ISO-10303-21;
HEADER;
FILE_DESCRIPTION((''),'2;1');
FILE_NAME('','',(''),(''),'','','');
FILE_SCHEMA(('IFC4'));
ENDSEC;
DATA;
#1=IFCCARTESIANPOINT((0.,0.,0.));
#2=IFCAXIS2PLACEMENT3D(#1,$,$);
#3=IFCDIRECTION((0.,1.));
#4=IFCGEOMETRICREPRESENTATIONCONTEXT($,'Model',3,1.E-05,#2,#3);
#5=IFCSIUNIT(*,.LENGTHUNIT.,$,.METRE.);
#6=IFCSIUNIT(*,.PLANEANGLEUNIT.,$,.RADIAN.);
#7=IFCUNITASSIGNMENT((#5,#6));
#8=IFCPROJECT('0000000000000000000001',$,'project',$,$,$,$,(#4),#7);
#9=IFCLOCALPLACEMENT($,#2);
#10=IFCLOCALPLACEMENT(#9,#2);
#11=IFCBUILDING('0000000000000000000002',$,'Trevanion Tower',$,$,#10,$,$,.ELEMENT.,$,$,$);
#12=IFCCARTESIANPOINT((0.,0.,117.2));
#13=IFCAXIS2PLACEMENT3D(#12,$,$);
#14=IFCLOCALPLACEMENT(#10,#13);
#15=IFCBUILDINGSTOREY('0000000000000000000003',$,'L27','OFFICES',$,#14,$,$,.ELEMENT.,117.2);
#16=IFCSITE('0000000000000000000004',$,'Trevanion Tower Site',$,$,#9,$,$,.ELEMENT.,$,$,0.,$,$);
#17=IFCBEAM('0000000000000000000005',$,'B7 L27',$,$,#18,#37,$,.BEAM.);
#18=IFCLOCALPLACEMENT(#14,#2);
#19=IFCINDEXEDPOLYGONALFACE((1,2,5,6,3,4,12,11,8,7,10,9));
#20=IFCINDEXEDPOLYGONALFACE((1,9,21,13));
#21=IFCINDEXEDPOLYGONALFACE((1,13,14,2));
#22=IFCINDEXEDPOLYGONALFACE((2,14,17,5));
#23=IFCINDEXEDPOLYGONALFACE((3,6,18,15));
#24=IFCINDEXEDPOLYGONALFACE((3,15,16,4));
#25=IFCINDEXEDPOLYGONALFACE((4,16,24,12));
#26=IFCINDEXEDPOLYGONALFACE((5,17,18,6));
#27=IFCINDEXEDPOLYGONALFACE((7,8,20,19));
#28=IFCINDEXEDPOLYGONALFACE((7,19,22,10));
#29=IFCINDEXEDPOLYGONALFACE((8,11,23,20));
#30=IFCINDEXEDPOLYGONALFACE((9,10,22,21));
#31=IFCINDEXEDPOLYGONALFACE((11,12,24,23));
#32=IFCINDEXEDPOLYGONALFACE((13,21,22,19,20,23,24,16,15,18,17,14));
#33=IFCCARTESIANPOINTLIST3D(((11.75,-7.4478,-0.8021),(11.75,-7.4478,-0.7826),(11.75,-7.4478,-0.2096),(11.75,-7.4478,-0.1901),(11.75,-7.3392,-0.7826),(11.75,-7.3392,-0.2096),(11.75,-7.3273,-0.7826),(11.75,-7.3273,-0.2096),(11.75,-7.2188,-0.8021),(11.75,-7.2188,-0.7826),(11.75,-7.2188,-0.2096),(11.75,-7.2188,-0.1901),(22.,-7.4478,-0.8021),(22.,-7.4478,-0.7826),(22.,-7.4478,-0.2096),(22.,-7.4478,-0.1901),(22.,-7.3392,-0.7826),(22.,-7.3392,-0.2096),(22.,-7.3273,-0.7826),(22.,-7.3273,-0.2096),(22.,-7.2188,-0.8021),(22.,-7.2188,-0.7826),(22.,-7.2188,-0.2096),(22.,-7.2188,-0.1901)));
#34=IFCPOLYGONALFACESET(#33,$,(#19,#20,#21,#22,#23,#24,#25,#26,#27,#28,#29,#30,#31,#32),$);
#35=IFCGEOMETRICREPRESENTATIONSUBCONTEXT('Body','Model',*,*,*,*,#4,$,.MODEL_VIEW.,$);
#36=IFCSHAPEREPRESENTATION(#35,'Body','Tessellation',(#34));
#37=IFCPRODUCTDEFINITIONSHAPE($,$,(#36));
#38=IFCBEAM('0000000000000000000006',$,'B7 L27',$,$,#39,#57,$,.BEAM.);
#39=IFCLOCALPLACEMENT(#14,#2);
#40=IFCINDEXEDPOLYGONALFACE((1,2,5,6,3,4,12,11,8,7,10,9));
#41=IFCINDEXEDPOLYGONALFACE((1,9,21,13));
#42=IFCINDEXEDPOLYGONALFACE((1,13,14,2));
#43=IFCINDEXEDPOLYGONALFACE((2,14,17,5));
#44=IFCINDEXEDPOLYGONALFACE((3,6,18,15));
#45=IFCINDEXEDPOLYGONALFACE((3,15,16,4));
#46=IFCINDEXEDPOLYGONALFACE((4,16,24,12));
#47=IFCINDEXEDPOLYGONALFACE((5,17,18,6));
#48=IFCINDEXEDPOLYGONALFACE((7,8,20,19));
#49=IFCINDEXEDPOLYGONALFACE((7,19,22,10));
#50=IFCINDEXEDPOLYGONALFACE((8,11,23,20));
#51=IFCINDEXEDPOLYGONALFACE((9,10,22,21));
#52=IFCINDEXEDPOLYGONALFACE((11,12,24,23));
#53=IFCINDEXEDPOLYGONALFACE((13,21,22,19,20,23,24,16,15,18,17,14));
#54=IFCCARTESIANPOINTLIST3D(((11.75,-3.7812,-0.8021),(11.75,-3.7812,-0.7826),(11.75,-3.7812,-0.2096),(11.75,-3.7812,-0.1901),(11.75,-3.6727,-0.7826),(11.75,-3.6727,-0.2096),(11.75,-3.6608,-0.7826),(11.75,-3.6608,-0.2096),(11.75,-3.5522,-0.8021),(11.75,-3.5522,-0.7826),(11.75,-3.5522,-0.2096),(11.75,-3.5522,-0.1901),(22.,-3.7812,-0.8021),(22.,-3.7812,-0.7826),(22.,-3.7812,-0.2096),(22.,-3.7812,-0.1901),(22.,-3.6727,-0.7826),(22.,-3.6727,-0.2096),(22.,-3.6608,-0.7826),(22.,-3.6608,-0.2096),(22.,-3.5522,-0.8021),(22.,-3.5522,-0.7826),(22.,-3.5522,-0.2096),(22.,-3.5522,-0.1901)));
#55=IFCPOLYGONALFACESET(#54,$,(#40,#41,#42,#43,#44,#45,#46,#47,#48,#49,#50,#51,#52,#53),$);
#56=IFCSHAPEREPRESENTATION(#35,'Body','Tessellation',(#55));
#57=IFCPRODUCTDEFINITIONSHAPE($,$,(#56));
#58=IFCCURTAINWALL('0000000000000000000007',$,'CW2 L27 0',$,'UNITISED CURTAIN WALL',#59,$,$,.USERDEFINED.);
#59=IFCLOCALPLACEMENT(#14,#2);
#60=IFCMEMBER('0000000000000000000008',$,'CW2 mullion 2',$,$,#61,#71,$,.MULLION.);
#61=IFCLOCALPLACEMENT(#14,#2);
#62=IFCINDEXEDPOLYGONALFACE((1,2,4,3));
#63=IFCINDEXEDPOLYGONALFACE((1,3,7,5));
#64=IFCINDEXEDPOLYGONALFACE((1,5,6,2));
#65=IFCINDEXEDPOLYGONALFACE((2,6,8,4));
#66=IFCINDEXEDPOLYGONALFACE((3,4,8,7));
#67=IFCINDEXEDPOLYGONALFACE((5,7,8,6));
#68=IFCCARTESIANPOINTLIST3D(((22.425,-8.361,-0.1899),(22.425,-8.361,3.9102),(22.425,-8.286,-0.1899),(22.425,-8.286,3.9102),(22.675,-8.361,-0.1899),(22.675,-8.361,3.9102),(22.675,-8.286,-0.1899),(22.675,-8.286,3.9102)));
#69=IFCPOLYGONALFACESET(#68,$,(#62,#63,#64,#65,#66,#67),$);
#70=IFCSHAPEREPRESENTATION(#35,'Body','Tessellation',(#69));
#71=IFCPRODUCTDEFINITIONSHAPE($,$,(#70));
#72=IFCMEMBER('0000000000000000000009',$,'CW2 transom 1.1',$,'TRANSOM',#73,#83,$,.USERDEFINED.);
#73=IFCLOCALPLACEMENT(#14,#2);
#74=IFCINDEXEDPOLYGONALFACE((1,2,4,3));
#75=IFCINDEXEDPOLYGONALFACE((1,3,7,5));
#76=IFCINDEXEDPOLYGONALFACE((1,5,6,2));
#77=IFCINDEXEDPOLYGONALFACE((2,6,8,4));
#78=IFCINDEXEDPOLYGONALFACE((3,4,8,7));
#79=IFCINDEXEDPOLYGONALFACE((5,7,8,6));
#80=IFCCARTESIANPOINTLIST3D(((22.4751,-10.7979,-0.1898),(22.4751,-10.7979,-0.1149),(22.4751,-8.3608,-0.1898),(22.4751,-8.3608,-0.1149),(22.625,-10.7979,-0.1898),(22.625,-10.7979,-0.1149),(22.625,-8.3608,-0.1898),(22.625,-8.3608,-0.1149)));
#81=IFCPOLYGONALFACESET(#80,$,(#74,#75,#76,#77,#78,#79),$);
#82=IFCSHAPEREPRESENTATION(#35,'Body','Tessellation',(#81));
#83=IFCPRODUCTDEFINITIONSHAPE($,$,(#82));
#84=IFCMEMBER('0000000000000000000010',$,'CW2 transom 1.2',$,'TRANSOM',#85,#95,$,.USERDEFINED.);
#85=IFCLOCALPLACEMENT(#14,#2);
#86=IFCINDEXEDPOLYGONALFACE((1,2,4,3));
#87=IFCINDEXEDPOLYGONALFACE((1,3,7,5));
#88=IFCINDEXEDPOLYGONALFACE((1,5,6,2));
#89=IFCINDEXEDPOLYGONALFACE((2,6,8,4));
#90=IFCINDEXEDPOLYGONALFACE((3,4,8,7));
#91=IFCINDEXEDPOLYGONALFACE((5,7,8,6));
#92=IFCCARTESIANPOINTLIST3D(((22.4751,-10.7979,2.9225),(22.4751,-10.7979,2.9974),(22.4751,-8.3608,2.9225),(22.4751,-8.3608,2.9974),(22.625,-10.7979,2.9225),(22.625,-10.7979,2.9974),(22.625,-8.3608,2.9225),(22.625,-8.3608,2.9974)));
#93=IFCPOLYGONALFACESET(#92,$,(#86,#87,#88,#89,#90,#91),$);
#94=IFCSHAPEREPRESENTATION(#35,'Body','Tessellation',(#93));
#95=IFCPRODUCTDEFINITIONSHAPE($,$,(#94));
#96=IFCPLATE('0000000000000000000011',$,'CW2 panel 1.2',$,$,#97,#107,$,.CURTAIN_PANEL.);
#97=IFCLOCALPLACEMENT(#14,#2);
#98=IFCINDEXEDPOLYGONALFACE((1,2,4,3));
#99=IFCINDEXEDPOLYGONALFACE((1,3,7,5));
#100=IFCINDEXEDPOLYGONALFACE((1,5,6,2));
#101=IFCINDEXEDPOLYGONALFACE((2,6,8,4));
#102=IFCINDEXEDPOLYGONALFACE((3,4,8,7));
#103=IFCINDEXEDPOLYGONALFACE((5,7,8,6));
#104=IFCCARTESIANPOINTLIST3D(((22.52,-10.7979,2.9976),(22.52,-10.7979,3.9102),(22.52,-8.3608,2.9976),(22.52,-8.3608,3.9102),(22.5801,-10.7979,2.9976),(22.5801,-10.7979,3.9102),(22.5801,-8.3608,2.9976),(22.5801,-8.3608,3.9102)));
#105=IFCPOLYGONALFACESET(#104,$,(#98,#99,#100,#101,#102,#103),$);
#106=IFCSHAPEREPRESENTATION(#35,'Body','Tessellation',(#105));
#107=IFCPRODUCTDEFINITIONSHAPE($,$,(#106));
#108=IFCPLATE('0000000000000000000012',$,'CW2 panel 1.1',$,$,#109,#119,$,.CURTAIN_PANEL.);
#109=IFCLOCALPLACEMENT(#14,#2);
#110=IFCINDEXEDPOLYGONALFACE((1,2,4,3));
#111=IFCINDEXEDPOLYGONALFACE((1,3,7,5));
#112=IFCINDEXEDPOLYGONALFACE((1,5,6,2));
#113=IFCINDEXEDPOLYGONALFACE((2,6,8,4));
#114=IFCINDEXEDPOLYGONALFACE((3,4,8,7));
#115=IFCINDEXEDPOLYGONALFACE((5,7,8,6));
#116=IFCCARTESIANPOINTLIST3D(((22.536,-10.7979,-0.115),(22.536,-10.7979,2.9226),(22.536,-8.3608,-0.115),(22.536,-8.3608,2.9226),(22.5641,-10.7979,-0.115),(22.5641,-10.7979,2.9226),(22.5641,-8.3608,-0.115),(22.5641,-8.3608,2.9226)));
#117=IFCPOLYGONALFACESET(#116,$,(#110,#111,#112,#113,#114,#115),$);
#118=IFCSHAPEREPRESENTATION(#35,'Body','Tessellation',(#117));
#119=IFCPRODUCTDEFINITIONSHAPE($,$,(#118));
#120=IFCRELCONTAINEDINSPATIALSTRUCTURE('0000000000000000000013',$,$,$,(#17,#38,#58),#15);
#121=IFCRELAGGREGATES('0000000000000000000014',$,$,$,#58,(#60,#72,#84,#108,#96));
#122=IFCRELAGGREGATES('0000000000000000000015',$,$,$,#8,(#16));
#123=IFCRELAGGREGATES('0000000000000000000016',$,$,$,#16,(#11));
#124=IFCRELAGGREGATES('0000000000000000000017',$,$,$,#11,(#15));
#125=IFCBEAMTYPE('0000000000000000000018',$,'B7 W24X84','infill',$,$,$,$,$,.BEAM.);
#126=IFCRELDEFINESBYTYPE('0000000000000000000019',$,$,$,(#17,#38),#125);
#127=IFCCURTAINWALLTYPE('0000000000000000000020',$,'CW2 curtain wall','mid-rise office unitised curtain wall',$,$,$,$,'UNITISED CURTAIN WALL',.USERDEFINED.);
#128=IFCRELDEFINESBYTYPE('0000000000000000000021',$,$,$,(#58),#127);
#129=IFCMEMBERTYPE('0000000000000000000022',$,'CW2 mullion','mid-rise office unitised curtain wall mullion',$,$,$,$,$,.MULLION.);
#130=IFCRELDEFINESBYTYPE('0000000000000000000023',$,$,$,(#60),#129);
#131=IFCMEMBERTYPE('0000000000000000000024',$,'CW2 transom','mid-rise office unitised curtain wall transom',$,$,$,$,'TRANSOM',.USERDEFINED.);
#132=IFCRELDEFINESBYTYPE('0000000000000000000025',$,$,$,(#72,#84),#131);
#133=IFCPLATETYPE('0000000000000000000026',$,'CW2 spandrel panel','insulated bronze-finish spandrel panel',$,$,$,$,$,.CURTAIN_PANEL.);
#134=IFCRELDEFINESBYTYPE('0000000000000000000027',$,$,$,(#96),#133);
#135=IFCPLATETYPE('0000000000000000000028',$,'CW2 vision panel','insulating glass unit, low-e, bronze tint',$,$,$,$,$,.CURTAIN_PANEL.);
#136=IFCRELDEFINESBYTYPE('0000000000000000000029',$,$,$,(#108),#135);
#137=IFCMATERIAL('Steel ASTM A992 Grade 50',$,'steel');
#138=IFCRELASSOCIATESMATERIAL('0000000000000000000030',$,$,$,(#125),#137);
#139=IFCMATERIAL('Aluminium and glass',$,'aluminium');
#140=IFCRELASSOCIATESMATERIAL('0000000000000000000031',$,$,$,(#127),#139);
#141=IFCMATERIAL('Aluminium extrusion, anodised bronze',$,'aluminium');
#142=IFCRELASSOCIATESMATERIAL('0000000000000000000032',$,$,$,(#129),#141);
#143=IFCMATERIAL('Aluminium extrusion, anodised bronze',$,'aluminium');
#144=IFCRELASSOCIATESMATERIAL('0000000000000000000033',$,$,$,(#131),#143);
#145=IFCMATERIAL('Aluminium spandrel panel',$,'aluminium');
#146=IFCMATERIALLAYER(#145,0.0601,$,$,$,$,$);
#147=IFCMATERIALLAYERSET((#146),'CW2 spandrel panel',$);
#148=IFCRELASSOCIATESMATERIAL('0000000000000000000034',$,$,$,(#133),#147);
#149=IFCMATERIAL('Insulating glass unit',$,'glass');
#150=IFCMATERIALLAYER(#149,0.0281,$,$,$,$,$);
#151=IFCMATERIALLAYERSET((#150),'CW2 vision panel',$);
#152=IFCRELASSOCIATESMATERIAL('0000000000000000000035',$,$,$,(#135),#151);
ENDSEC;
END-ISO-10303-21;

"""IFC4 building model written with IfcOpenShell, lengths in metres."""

from ifc_helpers import new_model, si_unit, direction, frame, origin, origin_2d, place, context, subcontext, project, spatial, rectangle, i_section, extrude, material, layer, layer_set, material_profile, profile_set, type_object, element, aggregate, save


model = new_model("IFC4")

# Units and contexts
model_context = context("Model", 3, precision=1e-05, world=origin(), true_north=direction((0.0, 1.0)))
body_context = subcontext(model_context, "Body", "Model", "MODEL_VIEW")
ifc_project = project(units=[si_unit("LENGTHUNIT", "METRE"), si_unit("PLANEANGLEUNIT", "RADIAN")], contexts=[model_context])

# Site, building, storey
site_placement = place(None, origin())
site = spatial("IfcSite", under=ifc_project, at=site_placement, Name="Trevanion Tower Site", CompositionType="ELEMENT", RefElevation=0.0)
building_placement = place(site_placement, origin())
building = spatial("IfcBuilding", under=site, at=building_placement, Name="Trevanion Tower", CompositionType="ELEMENT")
storey_placement = place(building_placement, frame((0.0, 0.0, 117.2)))
storey = spatial("IfcBuildingStorey", under=building, at=storey_placement, Name="L27", Description="OFFICES", CompositionType="ELEMENT", Elevation=117.2)

# Beams
ifc_material_1 = material(Name="Steel ASTM A992 Grade 50", Category="steel")
ifc_material_profile_1 = material_profile(ifc_material_1, i_section(OverallWidth=0.229, OverallDepth=0.6121, WebThickness=0.012, FlangeThickness=0.0195, at=origin_2d()), Name="W24X84")
ifc_profile_set_1 = profile_set([ifc_material_profile_1], Name="Steel ASTM A992 Grade 50")
beam_type = type_object("IfcBeamType", Name="B7 W24X84", Description="infill", PredefinedType="BEAM", material=ifc_profile_set_1)
for number, where, z_axis, x_axis, name in (
    (1, (11.75, -7.3333, -0.4961), (1.0, 0.0, 0.0), (0.0, 1.0, 0.0), "B7 L27"),
    (2, (11.75, -3.6667, -0.4961), (1.0, 0.0, 0.0), (0.0, 1.0, 0.0), "B7 L27"),
):
    element("IfcBeam", number, at=place(storey_placement, frame(where, z_axis=z_axis, x_axis=x_axis)), inside=storey, type_object=beam_type, Name=name, PredefinedType="BEAM", context=body_context, shape_type="SweptSolid", body=[
        extrude(i_section(OverallWidth=0.229, OverallDepth=0.6121, WebThickness=0.012, FlangeThickness=0.0195, at=origin_2d()), origin(), (0.0, 0.0, 1.0), 10.25),
    ])

# Curtain wall, members, plates
ifc_material_2 = material(Name="Aluminium and glass", Category="aluminium")
curtain_wall_type = type_object("IfcCurtainWallType", Name="CW2 curtain wall", Description="mid-rise office unitised curtain wall", ElementType="UNITISED CURTAIN WALL", PredefinedType="USERDEFINED", material=ifc_material_2)
curtain_wall_placement = place(storey_placement, origin())
curtain_wall = element("IfcCurtainWall", 3, at=curtain_wall_placement, inside=storey, type_object=curtain_wall_type, Name="CW2 L27 0", ObjectType="UNITISED CURTAIN WALL", PredefinedType="USERDEFINED")
ifc_material_3 = material(Name="Aluminium extrusion, anodised bronze", Category="aluminium")
ifc_material_profile_2 = material_profile(ifc_material_3, rectangle(XDim=0.075, YDim=0.25, at=origin_2d()), Name="CW2 mullion")
ifc_profile_set_2 = profile_set([ifc_material_profile_2], Name="Aluminium extrusion, anodised bronze")
member_type_1 = type_object("IfcMemberType", Name="CW2 mullion", Description="mid-rise office unitised curtain wall mullion", PredefinedType="MULLION", material=ifc_profile_set_2)
member_1_placement = place(storey_placement, frame((22.55, -8.3235, -0.1899), z_axis=(0.0, 0.0, 1.0), x_axis=(0.0, 1.0, 0.0)))
member_1 = element("IfcMember", 4, at=member_1_placement, type_object=member_type_1, Name="CW2 mullion 2", PredefinedType="MULLION", context=body_context, shape_type="SweptSolid", body=[
    extrude(rectangle(XDim=0.075, YDim=0.25, at=origin_2d()), origin(), (0.0, 0.0, 1.0), 4.1001),
])
ifc_material_4 = material(Name="Aluminium extrusion, anodised bronze", Category="aluminium")
ifc_material_profile_3 = material_profile(ifc_material_4, rectangle(XDim=0.1499, YDim=0.075, at=origin_2d()), Name="CW2 transom")
ifc_profile_set_3 = profile_set([ifc_material_profile_3], Name="Aluminium extrusion, anodised bronze")
member_type_2 = type_object("IfcMemberType", Name="CW2 transom", Description="mid-rise office unitised curtain wall transom", ElementType="TRANSOM", PredefinedType="USERDEFINED", material=ifc_profile_set_3)
member_2_placement = place(storey_placement, frame((22.55, -10.7979, -0.1523), z_axis=(0.0, 1.0, 0.0), x_axis=(-1.0, 0.0, 0.0)))
member_2 = element("IfcMember", 5, at=member_2_placement, type_object=member_type_2, Name="CW2 transom 1.1", ObjectType="TRANSOM", PredefinedType="USERDEFINED", context=body_context, shape_type="SweptSolid", body=[
    extrude(rectangle(XDim=0.1499, YDim=0.075, at=origin_2d()), origin(), (0.0, 0.0, 1.0), 2.437),
])
member_3_placement = place(storey_placement, frame((22.55, -10.7979, 2.96), z_axis=(0.0, 1.0, 0.0), x_axis=(-1.0, 0.0, 0.0)))
member_3 = element("IfcMember", 6, at=member_3_placement, type_object=member_type_2, Name="CW2 transom 1.2", ObjectType="TRANSOM", PredefinedType="USERDEFINED", context=body_context, shape_type="SweptSolid", body=[
    extrude(rectangle(XDim=0.1499, YDim=0.075, at=origin_2d()), origin(), (0.0, 0.0, 1.0), 2.437),
])
ifc_material_5 = material(Name="Aluminium spandrel panel", Category="aluminium")
ifc_layer_1 = layer(ifc_material_5, 0.0601)
ifc_layer_set_1 = layer_set([ifc_layer_1], Name="CW2 spandrel panel")
plate_type_1 = type_object("IfcPlateType", Name="CW2 spandrel panel", Description="insulated bronze-finish spandrel panel", PredefinedType="CURTAIN_PANEL", material=ifc_layer_set_1)
plate_1_placement = place(storey_placement, frame((22.55, -9.5793, 2.9976), z_axis=(0.0, 0.0, 1.0), x_axis=(0.0, 1.0, 0.0)))
plate_1 = element("IfcPlate", 7, at=plate_1_placement, type_object=plate_type_1, Name="CW2 panel 1.2", PredefinedType="CURTAIN_PANEL", context=body_context, shape_type="SweptSolid", body=[
    extrude(rectangle(XDim=2.437, YDim=0.0601, at=origin_2d()), origin(), (0.0, 0.0, 1.0), 0.9126),
])
ifc_material_6 = material(Name="Insulating glass unit", Category="glass")
ifc_layer_2 = layer(ifc_material_6, 0.0281)
ifc_layer_set_2 = layer_set([ifc_layer_2], Name="CW2 vision panel")
plate_type_2 = type_object("IfcPlateType", Name="CW2 vision panel", Description="insulating glass unit, low-e, bronze tint", PredefinedType="CURTAIN_PANEL", material=ifc_layer_set_2)
plate_2_placement = place(storey_placement, frame((22.55, -9.5793, -0.115), z_axis=(0.0, 0.0, 1.0), x_axis=(0.0, 1.0, 0.0)))
plate_2 = element("IfcPlate", 8, at=plate_2_placement, type_object=plate_type_2, Name="CW2 panel 1.1", PredefinedType="CURTAIN_PANEL", context=body_context, shape_type="SweptSolid", body=[
    extrude(rectangle(XDim=2.437, YDim=0.0281, at=origin_2d()), origin(), (0.0, 0.0, 1.0), 3.0376),
])
aggregate(curtain_wall, [member_1, member_2, member_3, plate_2, plate_1])

save(model, "model.ifc")
